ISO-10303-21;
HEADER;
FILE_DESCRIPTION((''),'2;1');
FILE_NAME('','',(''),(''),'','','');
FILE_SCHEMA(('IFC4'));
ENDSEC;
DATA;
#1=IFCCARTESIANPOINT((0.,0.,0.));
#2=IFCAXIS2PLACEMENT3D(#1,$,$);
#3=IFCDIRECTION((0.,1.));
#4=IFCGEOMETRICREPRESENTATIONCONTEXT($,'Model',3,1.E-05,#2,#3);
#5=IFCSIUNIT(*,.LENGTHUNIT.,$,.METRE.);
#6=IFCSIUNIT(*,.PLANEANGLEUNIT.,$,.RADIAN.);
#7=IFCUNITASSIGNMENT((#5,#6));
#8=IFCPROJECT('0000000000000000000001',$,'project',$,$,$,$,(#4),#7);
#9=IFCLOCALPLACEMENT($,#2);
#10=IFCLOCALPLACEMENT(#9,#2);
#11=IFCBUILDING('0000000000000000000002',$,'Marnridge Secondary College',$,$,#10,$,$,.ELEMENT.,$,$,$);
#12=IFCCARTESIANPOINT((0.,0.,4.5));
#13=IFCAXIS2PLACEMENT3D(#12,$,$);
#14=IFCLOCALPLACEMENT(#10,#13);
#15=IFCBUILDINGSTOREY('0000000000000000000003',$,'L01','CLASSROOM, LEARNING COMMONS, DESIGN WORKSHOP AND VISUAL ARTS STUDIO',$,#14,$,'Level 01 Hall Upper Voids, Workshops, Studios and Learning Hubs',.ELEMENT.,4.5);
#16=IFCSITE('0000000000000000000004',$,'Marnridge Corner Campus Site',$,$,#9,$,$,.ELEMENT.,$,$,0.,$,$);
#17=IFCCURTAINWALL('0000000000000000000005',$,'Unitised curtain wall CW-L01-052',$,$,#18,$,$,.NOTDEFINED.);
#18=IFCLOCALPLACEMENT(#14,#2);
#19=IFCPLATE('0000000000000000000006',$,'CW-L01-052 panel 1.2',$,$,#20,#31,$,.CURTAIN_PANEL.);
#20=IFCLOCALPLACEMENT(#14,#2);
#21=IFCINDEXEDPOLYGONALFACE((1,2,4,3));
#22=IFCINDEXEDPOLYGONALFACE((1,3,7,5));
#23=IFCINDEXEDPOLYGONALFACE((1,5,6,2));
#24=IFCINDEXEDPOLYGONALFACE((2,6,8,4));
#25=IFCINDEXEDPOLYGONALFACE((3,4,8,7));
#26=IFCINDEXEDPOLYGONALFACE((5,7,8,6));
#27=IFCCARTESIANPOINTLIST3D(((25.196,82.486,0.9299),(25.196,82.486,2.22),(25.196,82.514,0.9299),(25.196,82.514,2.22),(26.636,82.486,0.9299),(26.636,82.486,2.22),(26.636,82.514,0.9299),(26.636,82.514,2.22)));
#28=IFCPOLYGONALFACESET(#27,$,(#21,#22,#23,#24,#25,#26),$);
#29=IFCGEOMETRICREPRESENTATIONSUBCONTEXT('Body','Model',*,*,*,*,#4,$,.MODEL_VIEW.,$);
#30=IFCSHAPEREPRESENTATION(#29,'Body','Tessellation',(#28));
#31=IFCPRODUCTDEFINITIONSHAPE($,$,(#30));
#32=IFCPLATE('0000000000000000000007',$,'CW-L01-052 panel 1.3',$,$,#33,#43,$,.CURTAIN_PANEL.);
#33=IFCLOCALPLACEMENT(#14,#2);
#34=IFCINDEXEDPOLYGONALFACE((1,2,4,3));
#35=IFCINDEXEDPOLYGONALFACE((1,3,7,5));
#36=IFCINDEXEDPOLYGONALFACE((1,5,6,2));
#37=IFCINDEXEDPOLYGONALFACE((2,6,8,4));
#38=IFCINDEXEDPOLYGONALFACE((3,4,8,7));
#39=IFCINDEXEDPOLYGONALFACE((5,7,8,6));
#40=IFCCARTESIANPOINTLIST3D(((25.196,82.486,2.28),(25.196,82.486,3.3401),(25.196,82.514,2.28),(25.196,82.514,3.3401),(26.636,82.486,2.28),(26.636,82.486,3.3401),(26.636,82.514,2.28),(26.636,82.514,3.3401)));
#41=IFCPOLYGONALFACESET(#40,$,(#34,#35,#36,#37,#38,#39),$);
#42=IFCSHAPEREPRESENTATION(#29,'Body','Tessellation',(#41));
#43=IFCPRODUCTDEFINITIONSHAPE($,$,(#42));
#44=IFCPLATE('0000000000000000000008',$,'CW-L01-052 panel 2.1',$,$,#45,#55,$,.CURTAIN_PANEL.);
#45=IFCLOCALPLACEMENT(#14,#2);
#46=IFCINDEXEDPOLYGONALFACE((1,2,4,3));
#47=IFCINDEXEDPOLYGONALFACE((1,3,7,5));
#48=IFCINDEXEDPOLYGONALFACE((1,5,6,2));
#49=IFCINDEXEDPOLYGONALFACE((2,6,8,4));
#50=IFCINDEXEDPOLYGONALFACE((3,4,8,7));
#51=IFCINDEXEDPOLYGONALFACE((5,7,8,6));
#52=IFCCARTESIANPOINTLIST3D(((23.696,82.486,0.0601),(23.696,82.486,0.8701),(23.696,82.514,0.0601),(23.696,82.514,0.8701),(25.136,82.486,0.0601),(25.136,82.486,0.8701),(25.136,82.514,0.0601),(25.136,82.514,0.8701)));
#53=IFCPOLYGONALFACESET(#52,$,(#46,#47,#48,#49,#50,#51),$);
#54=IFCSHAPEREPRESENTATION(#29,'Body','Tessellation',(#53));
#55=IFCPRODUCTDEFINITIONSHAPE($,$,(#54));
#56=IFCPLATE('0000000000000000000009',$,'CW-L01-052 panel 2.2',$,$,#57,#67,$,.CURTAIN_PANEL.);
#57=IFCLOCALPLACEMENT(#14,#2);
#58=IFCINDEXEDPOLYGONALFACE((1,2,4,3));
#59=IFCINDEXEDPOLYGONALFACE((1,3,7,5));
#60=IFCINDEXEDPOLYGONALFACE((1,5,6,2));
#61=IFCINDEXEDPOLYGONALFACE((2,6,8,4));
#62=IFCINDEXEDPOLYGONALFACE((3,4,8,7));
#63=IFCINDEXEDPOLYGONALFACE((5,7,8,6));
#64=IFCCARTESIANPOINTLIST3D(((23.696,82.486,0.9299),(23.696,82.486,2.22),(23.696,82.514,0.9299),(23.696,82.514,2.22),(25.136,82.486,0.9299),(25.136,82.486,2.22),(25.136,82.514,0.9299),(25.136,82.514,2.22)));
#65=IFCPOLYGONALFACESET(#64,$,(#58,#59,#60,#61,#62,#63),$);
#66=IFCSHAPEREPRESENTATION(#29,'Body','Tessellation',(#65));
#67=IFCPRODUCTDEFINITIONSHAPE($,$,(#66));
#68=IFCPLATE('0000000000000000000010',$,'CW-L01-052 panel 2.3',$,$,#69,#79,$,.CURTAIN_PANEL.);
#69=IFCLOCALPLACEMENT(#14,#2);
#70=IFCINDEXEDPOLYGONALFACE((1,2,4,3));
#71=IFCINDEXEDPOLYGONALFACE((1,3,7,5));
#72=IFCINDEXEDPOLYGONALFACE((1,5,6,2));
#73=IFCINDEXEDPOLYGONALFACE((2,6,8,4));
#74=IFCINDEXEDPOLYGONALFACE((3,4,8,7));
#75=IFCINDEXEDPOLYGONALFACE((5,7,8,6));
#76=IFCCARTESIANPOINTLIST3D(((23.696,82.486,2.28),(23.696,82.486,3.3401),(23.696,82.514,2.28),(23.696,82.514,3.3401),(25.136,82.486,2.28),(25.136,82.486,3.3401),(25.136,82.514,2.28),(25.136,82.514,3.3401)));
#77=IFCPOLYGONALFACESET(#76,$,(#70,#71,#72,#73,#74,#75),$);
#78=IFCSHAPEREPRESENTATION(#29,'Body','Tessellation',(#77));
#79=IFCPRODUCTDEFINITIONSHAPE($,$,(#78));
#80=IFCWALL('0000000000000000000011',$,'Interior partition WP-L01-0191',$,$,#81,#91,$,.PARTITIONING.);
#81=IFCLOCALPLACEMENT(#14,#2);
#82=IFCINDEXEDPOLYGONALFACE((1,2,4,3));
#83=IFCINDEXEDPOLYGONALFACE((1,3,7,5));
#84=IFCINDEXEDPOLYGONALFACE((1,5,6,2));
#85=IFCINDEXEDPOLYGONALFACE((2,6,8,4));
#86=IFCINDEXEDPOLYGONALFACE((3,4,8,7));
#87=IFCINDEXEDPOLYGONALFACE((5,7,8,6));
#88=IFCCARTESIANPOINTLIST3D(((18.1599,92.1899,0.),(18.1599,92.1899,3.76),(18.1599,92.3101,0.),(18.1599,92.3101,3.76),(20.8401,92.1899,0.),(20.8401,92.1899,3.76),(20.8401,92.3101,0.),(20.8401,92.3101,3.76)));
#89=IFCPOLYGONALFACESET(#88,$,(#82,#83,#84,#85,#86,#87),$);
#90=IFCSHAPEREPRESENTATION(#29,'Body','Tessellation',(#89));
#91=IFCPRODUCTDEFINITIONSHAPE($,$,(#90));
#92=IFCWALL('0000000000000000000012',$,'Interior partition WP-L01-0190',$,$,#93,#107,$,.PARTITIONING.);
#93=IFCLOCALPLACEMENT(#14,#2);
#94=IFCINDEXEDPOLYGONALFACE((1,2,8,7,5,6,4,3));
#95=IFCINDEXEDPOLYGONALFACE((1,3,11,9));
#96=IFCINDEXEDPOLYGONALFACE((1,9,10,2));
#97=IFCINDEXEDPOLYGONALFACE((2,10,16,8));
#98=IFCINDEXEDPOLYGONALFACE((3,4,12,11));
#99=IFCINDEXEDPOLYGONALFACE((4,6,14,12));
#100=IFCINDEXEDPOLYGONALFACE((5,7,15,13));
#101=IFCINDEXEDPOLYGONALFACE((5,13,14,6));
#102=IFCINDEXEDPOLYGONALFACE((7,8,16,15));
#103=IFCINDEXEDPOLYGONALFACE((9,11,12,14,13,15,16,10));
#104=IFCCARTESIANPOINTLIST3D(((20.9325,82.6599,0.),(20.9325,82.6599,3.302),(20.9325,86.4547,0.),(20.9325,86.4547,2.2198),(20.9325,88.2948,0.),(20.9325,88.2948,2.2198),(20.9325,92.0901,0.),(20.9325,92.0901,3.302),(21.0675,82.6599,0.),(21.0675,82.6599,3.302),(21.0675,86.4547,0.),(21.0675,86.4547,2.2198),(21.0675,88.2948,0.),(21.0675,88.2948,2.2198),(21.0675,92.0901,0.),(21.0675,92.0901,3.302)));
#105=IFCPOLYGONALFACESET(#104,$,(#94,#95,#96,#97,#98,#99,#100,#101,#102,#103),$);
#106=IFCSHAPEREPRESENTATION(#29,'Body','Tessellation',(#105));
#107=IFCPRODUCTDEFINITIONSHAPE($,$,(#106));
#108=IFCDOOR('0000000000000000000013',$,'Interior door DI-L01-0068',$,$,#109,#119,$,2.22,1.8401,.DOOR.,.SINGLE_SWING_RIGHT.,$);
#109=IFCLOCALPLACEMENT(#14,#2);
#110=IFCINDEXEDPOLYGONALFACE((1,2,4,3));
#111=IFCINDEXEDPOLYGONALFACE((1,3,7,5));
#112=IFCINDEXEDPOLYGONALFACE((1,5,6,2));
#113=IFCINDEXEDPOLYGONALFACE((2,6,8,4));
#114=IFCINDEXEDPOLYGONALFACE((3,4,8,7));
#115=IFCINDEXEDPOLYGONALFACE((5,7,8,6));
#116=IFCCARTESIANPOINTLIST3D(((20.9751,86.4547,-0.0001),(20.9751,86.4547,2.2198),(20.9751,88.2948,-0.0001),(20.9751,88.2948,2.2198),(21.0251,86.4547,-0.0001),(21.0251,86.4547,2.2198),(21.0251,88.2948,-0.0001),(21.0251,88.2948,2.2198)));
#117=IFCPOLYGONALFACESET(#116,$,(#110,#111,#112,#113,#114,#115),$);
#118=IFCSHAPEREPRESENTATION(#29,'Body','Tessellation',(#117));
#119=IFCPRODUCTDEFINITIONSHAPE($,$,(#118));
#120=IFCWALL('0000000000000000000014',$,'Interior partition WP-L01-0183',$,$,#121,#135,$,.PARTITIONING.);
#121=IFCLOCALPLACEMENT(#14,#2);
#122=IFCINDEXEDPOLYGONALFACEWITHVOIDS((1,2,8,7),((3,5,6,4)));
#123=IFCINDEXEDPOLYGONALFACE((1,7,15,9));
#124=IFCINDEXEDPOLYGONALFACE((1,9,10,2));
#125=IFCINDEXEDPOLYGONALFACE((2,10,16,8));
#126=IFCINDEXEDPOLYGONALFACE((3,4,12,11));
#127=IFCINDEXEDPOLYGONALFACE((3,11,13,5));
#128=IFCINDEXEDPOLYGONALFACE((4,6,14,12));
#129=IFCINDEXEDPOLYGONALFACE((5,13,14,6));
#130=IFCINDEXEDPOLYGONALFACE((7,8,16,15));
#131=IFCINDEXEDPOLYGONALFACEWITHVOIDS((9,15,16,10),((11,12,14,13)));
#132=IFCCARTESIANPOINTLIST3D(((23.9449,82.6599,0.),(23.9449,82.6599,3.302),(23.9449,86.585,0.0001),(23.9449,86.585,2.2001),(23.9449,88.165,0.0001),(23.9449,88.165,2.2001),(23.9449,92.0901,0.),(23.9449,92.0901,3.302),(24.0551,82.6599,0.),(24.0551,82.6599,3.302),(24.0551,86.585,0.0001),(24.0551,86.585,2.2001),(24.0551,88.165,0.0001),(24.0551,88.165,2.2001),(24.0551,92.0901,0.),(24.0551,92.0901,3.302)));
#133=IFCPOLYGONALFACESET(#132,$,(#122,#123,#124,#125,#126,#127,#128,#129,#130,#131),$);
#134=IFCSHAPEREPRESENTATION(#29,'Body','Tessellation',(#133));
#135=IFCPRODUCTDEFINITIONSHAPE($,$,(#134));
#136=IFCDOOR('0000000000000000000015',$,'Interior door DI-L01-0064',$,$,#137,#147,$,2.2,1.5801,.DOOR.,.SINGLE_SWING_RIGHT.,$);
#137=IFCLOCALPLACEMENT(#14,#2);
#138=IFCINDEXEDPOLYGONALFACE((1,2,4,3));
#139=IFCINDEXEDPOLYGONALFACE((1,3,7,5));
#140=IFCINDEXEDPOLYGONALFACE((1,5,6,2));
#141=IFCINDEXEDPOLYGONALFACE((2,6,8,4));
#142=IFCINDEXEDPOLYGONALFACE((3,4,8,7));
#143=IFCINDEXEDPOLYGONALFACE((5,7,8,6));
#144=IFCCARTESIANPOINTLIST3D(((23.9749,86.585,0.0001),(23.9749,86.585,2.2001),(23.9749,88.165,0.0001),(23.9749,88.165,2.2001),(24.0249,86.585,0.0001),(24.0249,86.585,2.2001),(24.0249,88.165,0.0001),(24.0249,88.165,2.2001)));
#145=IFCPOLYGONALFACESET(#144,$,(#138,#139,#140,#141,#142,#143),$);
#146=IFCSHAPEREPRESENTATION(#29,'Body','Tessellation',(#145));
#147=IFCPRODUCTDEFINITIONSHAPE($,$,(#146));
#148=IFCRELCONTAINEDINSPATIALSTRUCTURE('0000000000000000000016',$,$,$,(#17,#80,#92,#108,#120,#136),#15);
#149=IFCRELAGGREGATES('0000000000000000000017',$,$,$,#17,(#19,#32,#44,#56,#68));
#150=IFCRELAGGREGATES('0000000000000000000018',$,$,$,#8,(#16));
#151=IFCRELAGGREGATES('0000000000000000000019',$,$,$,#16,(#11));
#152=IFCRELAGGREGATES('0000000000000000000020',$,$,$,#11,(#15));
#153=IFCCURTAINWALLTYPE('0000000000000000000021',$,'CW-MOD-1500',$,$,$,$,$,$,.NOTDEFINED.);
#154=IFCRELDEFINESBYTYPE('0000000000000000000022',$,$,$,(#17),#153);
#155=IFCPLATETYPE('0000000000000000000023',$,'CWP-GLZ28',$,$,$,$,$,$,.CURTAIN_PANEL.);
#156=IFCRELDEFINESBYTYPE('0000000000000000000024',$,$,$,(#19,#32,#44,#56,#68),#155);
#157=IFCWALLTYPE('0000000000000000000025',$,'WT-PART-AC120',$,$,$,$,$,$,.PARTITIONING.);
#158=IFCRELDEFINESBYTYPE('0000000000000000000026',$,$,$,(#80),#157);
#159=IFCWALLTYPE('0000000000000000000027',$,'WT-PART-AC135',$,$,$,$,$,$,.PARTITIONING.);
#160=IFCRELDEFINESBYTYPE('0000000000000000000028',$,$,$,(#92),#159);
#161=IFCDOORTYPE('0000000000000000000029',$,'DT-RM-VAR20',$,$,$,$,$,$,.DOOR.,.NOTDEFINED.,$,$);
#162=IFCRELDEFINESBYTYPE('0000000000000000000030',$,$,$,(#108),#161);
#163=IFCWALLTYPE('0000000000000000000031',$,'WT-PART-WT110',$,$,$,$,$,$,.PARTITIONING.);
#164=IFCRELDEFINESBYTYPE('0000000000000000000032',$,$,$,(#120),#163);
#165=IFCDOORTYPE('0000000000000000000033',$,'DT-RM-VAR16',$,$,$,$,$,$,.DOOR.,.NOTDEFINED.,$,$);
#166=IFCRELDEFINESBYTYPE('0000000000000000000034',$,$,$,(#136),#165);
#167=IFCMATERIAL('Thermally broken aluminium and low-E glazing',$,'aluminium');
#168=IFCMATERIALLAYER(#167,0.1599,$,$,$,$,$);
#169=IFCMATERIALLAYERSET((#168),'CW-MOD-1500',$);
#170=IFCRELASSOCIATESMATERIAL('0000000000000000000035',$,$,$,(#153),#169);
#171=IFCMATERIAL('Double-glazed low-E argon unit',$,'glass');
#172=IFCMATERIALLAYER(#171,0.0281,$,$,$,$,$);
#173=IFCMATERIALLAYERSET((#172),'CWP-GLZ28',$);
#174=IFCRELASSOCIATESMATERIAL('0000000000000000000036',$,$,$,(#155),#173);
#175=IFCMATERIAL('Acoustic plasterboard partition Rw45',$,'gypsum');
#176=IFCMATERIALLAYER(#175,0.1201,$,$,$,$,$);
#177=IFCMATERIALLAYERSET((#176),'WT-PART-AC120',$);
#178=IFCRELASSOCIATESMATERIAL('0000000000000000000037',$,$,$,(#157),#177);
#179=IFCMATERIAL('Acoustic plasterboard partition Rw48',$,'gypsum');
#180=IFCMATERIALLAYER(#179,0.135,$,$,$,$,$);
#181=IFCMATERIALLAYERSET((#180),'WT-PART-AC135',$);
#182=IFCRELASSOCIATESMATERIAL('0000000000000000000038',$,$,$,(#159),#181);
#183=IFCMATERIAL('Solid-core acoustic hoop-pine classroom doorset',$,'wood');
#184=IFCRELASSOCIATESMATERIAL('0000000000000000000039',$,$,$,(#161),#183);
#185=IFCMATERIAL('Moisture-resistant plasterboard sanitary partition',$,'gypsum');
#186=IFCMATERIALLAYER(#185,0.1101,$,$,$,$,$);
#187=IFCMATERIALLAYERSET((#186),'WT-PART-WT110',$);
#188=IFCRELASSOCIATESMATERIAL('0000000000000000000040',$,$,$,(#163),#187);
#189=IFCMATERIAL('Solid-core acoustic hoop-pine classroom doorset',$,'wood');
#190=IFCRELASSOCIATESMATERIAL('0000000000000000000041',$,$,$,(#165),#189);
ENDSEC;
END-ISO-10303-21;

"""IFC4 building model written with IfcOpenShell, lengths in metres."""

from ifc_helpers import new_model, si_unit, direction, frame, frame_2d, origin, origin_2d, place, context, subcontext, project, spatial, rectangle, extrude, material, layer, layer_set, type_object, element, fill, aggregate, save


model = new_model("IFC4")

# Units and contexts
model_context = context("Model", 3, precision=1e-05, world=origin(), true_north=direction((0.0, 1.0)))
body_context = subcontext(model_context, "Body", "Model", "MODEL_VIEW")
ifc_project = project(units=[si_unit("LENGTHUNIT", "METRE"), si_unit("PLANEANGLEUNIT", "RADIAN")], contexts=[model_context])

# Site, building, storey
site_placement = place(None, origin())
site = spatial("IfcSite", under=ifc_project, at=site_placement, Name="Marnridge Corner Campus Site", CompositionType="ELEMENT", RefElevation=0.0)
building_placement = place(site_placement, origin())
building = spatial("IfcBuilding", under=site, at=building_placement, Name="Marnridge Secondary College", CompositionType="ELEMENT")
storey_placement = place(building_placement, frame((0.0, 0.0, 4.5)))
storey = spatial("IfcBuildingStorey", under=building, at=storey_placement, Name="L01", Description="CLASSROOM, LEARNING COMMONS, DESIGN WORKSHOP AND VISUAL ARTS STUDIO", LongName="Level 01 Hall Upper Voids, Workshops, Studios and Learning Hubs", CompositionType="ELEMENT", Elevation=4.5)

# Curtain wall, plates
ifc_material_1 = material(Name="Thermally broken aluminium and low-E glazing", Category="aluminium")
ifc_layer_1 = layer(ifc_material_1, 0.1599)
ifc_layer_set_1 = layer_set([ifc_layer_1], Name="CW-MOD-1500")
curtain_wall_type = type_object("IfcCurtainWallType", Name="CW-MOD-1500", PredefinedType="NOTDEFINED", material=ifc_layer_set_1)
curtain_wall_placement = place(storey_placement, origin())
curtain_wall = element("IfcCurtainWall", 1, at=curtain_wall_placement, inside=storey, type_object=curtain_wall_type, Name="Unitised curtain wall CW-L01-052", PredefinedType="NOTDEFINED")
ifc_material_2 = material(Name="Double-glazed low-E argon unit", Category="glass")
ifc_layer_2 = layer(ifc_material_2, 0.0281)
ifc_layer_set_2 = layer_set([ifc_layer_2], Name="CWP-GLZ28")
plate_type = type_object("IfcPlateType", Name="CWP-GLZ28", PredefinedType="CURTAIN_PANEL", material=ifc_layer_set_2)
plate_1_placement = place(storey_placement, frame((25.916, 82.5, 0.9299), z_axis=(0.0, 0.0, 1.0), x_axis=(-1.0, 0.0, 0.0)))
plate_1 = element("IfcPlate", 2, at=plate_1_placement, type_object=plate_type, Name="CW-L01-052 panel 1.2", PredefinedType="CURTAIN_PANEL", context=body_context, shape_type="SweptSolid", body=[
    extrude(rectangle(XDim=1.4399, YDim=0.0281, at=origin_2d()), origin(), (0.0, 0.0, 1.0), 1.29),
])
plate_2_placement = place(storey_placement, frame((25.916, 82.5, 2.28), z_axis=(0.0, 0.0, 1.0), x_axis=(-1.0, 0.0, 0.0)))
plate_2 = element("IfcPlate", 3, at=plate_2_placement, type_object=plate_type, Name="CW-L01-052 panel 1.3", PredefinedType="CURTAIN_PANEL", context=body_context, shape_type="SweptSolid", body=[
    extrude(rectangle(XDim=1.4399, YDim=0.0281, at=origin_2d()), origin(), (0.0, 0.0, 1.0), 1.0601),
])
plate_3_placement = place(storey_placement, frame((24.416, 82.5, 0.0601), z_axis=(0.0, 0.0, 1.0), x_axis=(-1.0, 0.0, 0.0)))
plate_3 = element("IfcPlate", 4, at=plate_3_placement, type_object=plate_type, Name="CW-L01-052 panel 2.1", PredefinedType="CURTAIN_PANEL", context=body_context, shape_type="SweptSolid", body=[
    extrude(rectangle(XDim=1.4399, YDim=0.0281, at=origin_2d()), origin(), (0.0, 0.0, 1.0), 0.8101),
])
plate_4_placement = place(storey_placement, frame((24.416, 82.5, 0.9299), z_axis=(0.0, 0.0, 1.0), x_axis=(-1.0, 0.0, 0.0)))
plate_4 = element("IfcPlate", 5, at=plate_4_placement, type_object=plate_type, Name="CW-L01-052 panel 2.2", PredefinedType="CURTAIN_PANEL", context=body_context, shape_type="SweptSolid", body=[
    extrude(rectangle(XDim=1.4399, YDim=0.0281, at=origin_2d()), origin(), (0.0, 0.0, 1.0), 1.29),
])
plate_5_placement = place(storey_placement, frame((24.416, 82.5, 2.28), z_axis=(0.0, 0.0, 1.0), x_axis=(-1.0, 0.0, 0.0)))
plate_5 = element("IfcPlate", 6, at=plate_5_placement, type_object=plate_type, Name="CW-L01-052 panel 2.3", PredefinedType="CURTAIN_PANEL", context=body_context, shape_type="SweptSolid", body=[
    extrude(rectangle(XDim=1.4399, YDim=0.0281, at=origin_2d()), origin(), (0.0, 0.0, 1.0), 1.0601),
])
aggregate(curtain_wall, [plate_1, plate_2, plate_3, plate_4, plate_5])

# Wall
ifc_material_3 = material(Name="Acoustic plasterboard partition Rw45", Category="gypsum")
ifc_layer_3 = layer(ifc_material_3, 0.1201)
ifc_layer_set_3 = layer_set([ifc_layer_3], Name="WT-PART-AC120")
wall_type_1 = type_object("IfcWallType", Name="WT-PART-AC120", PredefinedType="PARTITIONING", material=ifc_layer_set_3)
wall_1_placement = place(storey_placement, frame((20.8401, 92.25, 0.0), z_axis=(0.0, 0.0, 1.0), x_axis=(-1.0, 0.0, 0.0)))
element("IfcWall", 7, at=wall_1_placement, inside=storey, type_object=wall_type_1, Name="Interior partition WP-L01-0191", PredefinedType="PARTITIONING", context=body_context, shape_type="SweptSolid", body=[
    extrude(rectangle(XDim=2.6802, YDim=0.1201, at=frame_2d((1.3401, 0.0))), origin(), (0.0, 0.0, 1.0), 3.76),
])

# Walls, openings, doors
ifc_material_4 = material(Name="Acoustic plasterboard partition Rw48", Category="gypsum")
ifc_layer_4 = layer(ifc_material_4, 0.135)
ifc_layer_set_4 = layer_set([ifc_layer_4], Name="WT-PART-AC135")
wall_type_2 = type_object("IfcWallType", Name="WT-PART-AC135", PredefinedType="PARTITIONING", material=ifc_layer_set_4)
wall_2_placement = place(storey_placement, frame((21.0, 82.6599, 0.0), z_axis=(0.0, 0.0, 1.0), x_axis=(0.0, 1.0, 0.0)))
wall_2 = element("IfcWall", 8, at=wall_2_placement, inside=storey, type_object=wall_type_2, Name="Interior partition WP-L01-0190", PredefinedType="PARTITIONING", context=body_context, shape_type="SweptSolid", body=[
    extrude(rectangle(XDim=9.4302, YDim=0.135, at=frame_2d((4.7151, 0.0))), origin(), (0.0, 0.0, 1.0), 3.302),
])
opening_1_placement = place(wall_2_placement, frame((3.7949, 0.0, 0.0)))
opening_1 = element("IfcOpeningElement", 9, at=opening_1_placement, cuts=wall_2, PredefinedType="OPENING", context=body_context, shape_type="SweptSolid", body=[
    extrude(rectangle(XDim=1.8401, YDim=2.22, at=frame_2d((0.9199, 1.1099))), frame((0.0, 0.0774, 0.0), z_axis=(0.0, -1.0, 0.0), x_axis=(1.0, 0.0, 0.0)), (0.0, 0.0, 1.0), 0.155),
])
ifc_material_5 = material(Name="Solid-core acoustic hoop-pine classroom doorset", Category="wood")
door_type_1 = type_object("IfcDoorType", Name="DT-RM-VAR20", OperationType="NOTDEFINED", PredefinedType="DOOR", material=ifc_material_5)
door_1_placement = place(opening_1_placement, origin())
door_1 = element("IfcDoor", 10, at=door_1_placement, inside=storey, type_object=door_type_1, Name="Interior door DI-L01-0068", OperationType="SINGLE_SWING_RIGHT", OverallHeight=2.22, OverallWidth=1.8401, PredefinedType="DOOR", context=body_context, shape_type="SweptSolid", body=[
    extrude(rectangle(XDim=1.8401, YDim=2.22, at=frame_2d((0.9199, 1.1099))), frame((0.0, 0.0249, 0.0), z_axis=(0.0, -1.0, 0.0), x_axis=(1.0, 0.0, 0.0)), (0.0, 0.0, 1.0), 0.05),
])
fill(opening_1, door_1)
ifc_material_6 = material(Name="Moisture-resistant plasterboard sanitary partition", Category="gypsum")
ifc_layer_5 = layer(ifc_material_6, 0.1101)
ifc_layer_set_5 = layer_set([ifc_layer_5], Name="WT-PART-WT110")
wall_type_3 = type_object("IfcWallType", Name="WT-PART-WT110", PredefinedType="PARTITIONING", material=ifc_layer_set_5)
wall_3_placement = place(storey_placement, frame((24.0, 92.0901, 0.0), z_axis=(0.0, 0.0, 1.0), x_axis=(0.0, -1.0, 0.0)))
wall_3 = element("IfcWall", 11, at=wall_3_placement, inside=storey, type_object=wall_type_3, Name="Interior partition WP-L01-0183", PredefinedType="PARTITIONING", context=body_context, shape_type="SweptSolid", body=[
    extrude(rectangle(XDim=9.4302, YDim=0.1101, at=frame_2d((4.7151, 0.0))), origin(), (0.0, 0.0, 1.0), 3.302),
])
opening_2_placement = place(wall_3_placement, frame((3.925, 0.0, 0.0)))
opening_2 = element("IfcOpeningElement", 12, at=opening_2_placement, cuts=wall_3, PredefinedType="OPENING", context=body_context, shape_type="SweptSolid", body=[
    extrude(rectangle(XDim=1.5801, YDim=2.2, at=frame_2d((0.79, 1.1001))), frame((0.0, 0.0649, 0.0), z_axis=(0.0, -1.0, 0.0), x_axis=(1.0, 0.0, 0.0)), (0.0, 0.0, 1.0), 0.1301),
])
ifc_material_7 = material(Name="Solid-core acoustic hoop-pine classroom doorset", Category="wood")
door_type_2 = type_object("IfcDoorType", Name="DT-RM-VAR16", OperationType="NOTDEFINED", PredefinedType="DOOR", material=ifc_material_7)
door_2_placement = place(opening_2_placement, origin())
door_2 = element("IfcDoor", 13, at=door_2_placement, inside=storey, type_object=door_type_2, Name="Interior door DI-L01-0064", OperationType="SINGLE_SWING_RIGHT", OverallHeight=2.2, OverallWidth=1.5801, PredefinedType="DOOR", context=body_context, shape_type="SweptSolid", body=[
    extrude(rectangle(XDim=1.5801, YDim=2.2, at=frame_2d((0.79, 1.1001))), frame((0.0, 0.0249, 0.0), z_axis=(0.0, -1.0, 0.0), x_axis=(1.0, 0.0, 0.0)), (0.0, 0.0, 1.0), 0.05),
])
fill(opening_2, door_2)

save(model, "model.ifc")
